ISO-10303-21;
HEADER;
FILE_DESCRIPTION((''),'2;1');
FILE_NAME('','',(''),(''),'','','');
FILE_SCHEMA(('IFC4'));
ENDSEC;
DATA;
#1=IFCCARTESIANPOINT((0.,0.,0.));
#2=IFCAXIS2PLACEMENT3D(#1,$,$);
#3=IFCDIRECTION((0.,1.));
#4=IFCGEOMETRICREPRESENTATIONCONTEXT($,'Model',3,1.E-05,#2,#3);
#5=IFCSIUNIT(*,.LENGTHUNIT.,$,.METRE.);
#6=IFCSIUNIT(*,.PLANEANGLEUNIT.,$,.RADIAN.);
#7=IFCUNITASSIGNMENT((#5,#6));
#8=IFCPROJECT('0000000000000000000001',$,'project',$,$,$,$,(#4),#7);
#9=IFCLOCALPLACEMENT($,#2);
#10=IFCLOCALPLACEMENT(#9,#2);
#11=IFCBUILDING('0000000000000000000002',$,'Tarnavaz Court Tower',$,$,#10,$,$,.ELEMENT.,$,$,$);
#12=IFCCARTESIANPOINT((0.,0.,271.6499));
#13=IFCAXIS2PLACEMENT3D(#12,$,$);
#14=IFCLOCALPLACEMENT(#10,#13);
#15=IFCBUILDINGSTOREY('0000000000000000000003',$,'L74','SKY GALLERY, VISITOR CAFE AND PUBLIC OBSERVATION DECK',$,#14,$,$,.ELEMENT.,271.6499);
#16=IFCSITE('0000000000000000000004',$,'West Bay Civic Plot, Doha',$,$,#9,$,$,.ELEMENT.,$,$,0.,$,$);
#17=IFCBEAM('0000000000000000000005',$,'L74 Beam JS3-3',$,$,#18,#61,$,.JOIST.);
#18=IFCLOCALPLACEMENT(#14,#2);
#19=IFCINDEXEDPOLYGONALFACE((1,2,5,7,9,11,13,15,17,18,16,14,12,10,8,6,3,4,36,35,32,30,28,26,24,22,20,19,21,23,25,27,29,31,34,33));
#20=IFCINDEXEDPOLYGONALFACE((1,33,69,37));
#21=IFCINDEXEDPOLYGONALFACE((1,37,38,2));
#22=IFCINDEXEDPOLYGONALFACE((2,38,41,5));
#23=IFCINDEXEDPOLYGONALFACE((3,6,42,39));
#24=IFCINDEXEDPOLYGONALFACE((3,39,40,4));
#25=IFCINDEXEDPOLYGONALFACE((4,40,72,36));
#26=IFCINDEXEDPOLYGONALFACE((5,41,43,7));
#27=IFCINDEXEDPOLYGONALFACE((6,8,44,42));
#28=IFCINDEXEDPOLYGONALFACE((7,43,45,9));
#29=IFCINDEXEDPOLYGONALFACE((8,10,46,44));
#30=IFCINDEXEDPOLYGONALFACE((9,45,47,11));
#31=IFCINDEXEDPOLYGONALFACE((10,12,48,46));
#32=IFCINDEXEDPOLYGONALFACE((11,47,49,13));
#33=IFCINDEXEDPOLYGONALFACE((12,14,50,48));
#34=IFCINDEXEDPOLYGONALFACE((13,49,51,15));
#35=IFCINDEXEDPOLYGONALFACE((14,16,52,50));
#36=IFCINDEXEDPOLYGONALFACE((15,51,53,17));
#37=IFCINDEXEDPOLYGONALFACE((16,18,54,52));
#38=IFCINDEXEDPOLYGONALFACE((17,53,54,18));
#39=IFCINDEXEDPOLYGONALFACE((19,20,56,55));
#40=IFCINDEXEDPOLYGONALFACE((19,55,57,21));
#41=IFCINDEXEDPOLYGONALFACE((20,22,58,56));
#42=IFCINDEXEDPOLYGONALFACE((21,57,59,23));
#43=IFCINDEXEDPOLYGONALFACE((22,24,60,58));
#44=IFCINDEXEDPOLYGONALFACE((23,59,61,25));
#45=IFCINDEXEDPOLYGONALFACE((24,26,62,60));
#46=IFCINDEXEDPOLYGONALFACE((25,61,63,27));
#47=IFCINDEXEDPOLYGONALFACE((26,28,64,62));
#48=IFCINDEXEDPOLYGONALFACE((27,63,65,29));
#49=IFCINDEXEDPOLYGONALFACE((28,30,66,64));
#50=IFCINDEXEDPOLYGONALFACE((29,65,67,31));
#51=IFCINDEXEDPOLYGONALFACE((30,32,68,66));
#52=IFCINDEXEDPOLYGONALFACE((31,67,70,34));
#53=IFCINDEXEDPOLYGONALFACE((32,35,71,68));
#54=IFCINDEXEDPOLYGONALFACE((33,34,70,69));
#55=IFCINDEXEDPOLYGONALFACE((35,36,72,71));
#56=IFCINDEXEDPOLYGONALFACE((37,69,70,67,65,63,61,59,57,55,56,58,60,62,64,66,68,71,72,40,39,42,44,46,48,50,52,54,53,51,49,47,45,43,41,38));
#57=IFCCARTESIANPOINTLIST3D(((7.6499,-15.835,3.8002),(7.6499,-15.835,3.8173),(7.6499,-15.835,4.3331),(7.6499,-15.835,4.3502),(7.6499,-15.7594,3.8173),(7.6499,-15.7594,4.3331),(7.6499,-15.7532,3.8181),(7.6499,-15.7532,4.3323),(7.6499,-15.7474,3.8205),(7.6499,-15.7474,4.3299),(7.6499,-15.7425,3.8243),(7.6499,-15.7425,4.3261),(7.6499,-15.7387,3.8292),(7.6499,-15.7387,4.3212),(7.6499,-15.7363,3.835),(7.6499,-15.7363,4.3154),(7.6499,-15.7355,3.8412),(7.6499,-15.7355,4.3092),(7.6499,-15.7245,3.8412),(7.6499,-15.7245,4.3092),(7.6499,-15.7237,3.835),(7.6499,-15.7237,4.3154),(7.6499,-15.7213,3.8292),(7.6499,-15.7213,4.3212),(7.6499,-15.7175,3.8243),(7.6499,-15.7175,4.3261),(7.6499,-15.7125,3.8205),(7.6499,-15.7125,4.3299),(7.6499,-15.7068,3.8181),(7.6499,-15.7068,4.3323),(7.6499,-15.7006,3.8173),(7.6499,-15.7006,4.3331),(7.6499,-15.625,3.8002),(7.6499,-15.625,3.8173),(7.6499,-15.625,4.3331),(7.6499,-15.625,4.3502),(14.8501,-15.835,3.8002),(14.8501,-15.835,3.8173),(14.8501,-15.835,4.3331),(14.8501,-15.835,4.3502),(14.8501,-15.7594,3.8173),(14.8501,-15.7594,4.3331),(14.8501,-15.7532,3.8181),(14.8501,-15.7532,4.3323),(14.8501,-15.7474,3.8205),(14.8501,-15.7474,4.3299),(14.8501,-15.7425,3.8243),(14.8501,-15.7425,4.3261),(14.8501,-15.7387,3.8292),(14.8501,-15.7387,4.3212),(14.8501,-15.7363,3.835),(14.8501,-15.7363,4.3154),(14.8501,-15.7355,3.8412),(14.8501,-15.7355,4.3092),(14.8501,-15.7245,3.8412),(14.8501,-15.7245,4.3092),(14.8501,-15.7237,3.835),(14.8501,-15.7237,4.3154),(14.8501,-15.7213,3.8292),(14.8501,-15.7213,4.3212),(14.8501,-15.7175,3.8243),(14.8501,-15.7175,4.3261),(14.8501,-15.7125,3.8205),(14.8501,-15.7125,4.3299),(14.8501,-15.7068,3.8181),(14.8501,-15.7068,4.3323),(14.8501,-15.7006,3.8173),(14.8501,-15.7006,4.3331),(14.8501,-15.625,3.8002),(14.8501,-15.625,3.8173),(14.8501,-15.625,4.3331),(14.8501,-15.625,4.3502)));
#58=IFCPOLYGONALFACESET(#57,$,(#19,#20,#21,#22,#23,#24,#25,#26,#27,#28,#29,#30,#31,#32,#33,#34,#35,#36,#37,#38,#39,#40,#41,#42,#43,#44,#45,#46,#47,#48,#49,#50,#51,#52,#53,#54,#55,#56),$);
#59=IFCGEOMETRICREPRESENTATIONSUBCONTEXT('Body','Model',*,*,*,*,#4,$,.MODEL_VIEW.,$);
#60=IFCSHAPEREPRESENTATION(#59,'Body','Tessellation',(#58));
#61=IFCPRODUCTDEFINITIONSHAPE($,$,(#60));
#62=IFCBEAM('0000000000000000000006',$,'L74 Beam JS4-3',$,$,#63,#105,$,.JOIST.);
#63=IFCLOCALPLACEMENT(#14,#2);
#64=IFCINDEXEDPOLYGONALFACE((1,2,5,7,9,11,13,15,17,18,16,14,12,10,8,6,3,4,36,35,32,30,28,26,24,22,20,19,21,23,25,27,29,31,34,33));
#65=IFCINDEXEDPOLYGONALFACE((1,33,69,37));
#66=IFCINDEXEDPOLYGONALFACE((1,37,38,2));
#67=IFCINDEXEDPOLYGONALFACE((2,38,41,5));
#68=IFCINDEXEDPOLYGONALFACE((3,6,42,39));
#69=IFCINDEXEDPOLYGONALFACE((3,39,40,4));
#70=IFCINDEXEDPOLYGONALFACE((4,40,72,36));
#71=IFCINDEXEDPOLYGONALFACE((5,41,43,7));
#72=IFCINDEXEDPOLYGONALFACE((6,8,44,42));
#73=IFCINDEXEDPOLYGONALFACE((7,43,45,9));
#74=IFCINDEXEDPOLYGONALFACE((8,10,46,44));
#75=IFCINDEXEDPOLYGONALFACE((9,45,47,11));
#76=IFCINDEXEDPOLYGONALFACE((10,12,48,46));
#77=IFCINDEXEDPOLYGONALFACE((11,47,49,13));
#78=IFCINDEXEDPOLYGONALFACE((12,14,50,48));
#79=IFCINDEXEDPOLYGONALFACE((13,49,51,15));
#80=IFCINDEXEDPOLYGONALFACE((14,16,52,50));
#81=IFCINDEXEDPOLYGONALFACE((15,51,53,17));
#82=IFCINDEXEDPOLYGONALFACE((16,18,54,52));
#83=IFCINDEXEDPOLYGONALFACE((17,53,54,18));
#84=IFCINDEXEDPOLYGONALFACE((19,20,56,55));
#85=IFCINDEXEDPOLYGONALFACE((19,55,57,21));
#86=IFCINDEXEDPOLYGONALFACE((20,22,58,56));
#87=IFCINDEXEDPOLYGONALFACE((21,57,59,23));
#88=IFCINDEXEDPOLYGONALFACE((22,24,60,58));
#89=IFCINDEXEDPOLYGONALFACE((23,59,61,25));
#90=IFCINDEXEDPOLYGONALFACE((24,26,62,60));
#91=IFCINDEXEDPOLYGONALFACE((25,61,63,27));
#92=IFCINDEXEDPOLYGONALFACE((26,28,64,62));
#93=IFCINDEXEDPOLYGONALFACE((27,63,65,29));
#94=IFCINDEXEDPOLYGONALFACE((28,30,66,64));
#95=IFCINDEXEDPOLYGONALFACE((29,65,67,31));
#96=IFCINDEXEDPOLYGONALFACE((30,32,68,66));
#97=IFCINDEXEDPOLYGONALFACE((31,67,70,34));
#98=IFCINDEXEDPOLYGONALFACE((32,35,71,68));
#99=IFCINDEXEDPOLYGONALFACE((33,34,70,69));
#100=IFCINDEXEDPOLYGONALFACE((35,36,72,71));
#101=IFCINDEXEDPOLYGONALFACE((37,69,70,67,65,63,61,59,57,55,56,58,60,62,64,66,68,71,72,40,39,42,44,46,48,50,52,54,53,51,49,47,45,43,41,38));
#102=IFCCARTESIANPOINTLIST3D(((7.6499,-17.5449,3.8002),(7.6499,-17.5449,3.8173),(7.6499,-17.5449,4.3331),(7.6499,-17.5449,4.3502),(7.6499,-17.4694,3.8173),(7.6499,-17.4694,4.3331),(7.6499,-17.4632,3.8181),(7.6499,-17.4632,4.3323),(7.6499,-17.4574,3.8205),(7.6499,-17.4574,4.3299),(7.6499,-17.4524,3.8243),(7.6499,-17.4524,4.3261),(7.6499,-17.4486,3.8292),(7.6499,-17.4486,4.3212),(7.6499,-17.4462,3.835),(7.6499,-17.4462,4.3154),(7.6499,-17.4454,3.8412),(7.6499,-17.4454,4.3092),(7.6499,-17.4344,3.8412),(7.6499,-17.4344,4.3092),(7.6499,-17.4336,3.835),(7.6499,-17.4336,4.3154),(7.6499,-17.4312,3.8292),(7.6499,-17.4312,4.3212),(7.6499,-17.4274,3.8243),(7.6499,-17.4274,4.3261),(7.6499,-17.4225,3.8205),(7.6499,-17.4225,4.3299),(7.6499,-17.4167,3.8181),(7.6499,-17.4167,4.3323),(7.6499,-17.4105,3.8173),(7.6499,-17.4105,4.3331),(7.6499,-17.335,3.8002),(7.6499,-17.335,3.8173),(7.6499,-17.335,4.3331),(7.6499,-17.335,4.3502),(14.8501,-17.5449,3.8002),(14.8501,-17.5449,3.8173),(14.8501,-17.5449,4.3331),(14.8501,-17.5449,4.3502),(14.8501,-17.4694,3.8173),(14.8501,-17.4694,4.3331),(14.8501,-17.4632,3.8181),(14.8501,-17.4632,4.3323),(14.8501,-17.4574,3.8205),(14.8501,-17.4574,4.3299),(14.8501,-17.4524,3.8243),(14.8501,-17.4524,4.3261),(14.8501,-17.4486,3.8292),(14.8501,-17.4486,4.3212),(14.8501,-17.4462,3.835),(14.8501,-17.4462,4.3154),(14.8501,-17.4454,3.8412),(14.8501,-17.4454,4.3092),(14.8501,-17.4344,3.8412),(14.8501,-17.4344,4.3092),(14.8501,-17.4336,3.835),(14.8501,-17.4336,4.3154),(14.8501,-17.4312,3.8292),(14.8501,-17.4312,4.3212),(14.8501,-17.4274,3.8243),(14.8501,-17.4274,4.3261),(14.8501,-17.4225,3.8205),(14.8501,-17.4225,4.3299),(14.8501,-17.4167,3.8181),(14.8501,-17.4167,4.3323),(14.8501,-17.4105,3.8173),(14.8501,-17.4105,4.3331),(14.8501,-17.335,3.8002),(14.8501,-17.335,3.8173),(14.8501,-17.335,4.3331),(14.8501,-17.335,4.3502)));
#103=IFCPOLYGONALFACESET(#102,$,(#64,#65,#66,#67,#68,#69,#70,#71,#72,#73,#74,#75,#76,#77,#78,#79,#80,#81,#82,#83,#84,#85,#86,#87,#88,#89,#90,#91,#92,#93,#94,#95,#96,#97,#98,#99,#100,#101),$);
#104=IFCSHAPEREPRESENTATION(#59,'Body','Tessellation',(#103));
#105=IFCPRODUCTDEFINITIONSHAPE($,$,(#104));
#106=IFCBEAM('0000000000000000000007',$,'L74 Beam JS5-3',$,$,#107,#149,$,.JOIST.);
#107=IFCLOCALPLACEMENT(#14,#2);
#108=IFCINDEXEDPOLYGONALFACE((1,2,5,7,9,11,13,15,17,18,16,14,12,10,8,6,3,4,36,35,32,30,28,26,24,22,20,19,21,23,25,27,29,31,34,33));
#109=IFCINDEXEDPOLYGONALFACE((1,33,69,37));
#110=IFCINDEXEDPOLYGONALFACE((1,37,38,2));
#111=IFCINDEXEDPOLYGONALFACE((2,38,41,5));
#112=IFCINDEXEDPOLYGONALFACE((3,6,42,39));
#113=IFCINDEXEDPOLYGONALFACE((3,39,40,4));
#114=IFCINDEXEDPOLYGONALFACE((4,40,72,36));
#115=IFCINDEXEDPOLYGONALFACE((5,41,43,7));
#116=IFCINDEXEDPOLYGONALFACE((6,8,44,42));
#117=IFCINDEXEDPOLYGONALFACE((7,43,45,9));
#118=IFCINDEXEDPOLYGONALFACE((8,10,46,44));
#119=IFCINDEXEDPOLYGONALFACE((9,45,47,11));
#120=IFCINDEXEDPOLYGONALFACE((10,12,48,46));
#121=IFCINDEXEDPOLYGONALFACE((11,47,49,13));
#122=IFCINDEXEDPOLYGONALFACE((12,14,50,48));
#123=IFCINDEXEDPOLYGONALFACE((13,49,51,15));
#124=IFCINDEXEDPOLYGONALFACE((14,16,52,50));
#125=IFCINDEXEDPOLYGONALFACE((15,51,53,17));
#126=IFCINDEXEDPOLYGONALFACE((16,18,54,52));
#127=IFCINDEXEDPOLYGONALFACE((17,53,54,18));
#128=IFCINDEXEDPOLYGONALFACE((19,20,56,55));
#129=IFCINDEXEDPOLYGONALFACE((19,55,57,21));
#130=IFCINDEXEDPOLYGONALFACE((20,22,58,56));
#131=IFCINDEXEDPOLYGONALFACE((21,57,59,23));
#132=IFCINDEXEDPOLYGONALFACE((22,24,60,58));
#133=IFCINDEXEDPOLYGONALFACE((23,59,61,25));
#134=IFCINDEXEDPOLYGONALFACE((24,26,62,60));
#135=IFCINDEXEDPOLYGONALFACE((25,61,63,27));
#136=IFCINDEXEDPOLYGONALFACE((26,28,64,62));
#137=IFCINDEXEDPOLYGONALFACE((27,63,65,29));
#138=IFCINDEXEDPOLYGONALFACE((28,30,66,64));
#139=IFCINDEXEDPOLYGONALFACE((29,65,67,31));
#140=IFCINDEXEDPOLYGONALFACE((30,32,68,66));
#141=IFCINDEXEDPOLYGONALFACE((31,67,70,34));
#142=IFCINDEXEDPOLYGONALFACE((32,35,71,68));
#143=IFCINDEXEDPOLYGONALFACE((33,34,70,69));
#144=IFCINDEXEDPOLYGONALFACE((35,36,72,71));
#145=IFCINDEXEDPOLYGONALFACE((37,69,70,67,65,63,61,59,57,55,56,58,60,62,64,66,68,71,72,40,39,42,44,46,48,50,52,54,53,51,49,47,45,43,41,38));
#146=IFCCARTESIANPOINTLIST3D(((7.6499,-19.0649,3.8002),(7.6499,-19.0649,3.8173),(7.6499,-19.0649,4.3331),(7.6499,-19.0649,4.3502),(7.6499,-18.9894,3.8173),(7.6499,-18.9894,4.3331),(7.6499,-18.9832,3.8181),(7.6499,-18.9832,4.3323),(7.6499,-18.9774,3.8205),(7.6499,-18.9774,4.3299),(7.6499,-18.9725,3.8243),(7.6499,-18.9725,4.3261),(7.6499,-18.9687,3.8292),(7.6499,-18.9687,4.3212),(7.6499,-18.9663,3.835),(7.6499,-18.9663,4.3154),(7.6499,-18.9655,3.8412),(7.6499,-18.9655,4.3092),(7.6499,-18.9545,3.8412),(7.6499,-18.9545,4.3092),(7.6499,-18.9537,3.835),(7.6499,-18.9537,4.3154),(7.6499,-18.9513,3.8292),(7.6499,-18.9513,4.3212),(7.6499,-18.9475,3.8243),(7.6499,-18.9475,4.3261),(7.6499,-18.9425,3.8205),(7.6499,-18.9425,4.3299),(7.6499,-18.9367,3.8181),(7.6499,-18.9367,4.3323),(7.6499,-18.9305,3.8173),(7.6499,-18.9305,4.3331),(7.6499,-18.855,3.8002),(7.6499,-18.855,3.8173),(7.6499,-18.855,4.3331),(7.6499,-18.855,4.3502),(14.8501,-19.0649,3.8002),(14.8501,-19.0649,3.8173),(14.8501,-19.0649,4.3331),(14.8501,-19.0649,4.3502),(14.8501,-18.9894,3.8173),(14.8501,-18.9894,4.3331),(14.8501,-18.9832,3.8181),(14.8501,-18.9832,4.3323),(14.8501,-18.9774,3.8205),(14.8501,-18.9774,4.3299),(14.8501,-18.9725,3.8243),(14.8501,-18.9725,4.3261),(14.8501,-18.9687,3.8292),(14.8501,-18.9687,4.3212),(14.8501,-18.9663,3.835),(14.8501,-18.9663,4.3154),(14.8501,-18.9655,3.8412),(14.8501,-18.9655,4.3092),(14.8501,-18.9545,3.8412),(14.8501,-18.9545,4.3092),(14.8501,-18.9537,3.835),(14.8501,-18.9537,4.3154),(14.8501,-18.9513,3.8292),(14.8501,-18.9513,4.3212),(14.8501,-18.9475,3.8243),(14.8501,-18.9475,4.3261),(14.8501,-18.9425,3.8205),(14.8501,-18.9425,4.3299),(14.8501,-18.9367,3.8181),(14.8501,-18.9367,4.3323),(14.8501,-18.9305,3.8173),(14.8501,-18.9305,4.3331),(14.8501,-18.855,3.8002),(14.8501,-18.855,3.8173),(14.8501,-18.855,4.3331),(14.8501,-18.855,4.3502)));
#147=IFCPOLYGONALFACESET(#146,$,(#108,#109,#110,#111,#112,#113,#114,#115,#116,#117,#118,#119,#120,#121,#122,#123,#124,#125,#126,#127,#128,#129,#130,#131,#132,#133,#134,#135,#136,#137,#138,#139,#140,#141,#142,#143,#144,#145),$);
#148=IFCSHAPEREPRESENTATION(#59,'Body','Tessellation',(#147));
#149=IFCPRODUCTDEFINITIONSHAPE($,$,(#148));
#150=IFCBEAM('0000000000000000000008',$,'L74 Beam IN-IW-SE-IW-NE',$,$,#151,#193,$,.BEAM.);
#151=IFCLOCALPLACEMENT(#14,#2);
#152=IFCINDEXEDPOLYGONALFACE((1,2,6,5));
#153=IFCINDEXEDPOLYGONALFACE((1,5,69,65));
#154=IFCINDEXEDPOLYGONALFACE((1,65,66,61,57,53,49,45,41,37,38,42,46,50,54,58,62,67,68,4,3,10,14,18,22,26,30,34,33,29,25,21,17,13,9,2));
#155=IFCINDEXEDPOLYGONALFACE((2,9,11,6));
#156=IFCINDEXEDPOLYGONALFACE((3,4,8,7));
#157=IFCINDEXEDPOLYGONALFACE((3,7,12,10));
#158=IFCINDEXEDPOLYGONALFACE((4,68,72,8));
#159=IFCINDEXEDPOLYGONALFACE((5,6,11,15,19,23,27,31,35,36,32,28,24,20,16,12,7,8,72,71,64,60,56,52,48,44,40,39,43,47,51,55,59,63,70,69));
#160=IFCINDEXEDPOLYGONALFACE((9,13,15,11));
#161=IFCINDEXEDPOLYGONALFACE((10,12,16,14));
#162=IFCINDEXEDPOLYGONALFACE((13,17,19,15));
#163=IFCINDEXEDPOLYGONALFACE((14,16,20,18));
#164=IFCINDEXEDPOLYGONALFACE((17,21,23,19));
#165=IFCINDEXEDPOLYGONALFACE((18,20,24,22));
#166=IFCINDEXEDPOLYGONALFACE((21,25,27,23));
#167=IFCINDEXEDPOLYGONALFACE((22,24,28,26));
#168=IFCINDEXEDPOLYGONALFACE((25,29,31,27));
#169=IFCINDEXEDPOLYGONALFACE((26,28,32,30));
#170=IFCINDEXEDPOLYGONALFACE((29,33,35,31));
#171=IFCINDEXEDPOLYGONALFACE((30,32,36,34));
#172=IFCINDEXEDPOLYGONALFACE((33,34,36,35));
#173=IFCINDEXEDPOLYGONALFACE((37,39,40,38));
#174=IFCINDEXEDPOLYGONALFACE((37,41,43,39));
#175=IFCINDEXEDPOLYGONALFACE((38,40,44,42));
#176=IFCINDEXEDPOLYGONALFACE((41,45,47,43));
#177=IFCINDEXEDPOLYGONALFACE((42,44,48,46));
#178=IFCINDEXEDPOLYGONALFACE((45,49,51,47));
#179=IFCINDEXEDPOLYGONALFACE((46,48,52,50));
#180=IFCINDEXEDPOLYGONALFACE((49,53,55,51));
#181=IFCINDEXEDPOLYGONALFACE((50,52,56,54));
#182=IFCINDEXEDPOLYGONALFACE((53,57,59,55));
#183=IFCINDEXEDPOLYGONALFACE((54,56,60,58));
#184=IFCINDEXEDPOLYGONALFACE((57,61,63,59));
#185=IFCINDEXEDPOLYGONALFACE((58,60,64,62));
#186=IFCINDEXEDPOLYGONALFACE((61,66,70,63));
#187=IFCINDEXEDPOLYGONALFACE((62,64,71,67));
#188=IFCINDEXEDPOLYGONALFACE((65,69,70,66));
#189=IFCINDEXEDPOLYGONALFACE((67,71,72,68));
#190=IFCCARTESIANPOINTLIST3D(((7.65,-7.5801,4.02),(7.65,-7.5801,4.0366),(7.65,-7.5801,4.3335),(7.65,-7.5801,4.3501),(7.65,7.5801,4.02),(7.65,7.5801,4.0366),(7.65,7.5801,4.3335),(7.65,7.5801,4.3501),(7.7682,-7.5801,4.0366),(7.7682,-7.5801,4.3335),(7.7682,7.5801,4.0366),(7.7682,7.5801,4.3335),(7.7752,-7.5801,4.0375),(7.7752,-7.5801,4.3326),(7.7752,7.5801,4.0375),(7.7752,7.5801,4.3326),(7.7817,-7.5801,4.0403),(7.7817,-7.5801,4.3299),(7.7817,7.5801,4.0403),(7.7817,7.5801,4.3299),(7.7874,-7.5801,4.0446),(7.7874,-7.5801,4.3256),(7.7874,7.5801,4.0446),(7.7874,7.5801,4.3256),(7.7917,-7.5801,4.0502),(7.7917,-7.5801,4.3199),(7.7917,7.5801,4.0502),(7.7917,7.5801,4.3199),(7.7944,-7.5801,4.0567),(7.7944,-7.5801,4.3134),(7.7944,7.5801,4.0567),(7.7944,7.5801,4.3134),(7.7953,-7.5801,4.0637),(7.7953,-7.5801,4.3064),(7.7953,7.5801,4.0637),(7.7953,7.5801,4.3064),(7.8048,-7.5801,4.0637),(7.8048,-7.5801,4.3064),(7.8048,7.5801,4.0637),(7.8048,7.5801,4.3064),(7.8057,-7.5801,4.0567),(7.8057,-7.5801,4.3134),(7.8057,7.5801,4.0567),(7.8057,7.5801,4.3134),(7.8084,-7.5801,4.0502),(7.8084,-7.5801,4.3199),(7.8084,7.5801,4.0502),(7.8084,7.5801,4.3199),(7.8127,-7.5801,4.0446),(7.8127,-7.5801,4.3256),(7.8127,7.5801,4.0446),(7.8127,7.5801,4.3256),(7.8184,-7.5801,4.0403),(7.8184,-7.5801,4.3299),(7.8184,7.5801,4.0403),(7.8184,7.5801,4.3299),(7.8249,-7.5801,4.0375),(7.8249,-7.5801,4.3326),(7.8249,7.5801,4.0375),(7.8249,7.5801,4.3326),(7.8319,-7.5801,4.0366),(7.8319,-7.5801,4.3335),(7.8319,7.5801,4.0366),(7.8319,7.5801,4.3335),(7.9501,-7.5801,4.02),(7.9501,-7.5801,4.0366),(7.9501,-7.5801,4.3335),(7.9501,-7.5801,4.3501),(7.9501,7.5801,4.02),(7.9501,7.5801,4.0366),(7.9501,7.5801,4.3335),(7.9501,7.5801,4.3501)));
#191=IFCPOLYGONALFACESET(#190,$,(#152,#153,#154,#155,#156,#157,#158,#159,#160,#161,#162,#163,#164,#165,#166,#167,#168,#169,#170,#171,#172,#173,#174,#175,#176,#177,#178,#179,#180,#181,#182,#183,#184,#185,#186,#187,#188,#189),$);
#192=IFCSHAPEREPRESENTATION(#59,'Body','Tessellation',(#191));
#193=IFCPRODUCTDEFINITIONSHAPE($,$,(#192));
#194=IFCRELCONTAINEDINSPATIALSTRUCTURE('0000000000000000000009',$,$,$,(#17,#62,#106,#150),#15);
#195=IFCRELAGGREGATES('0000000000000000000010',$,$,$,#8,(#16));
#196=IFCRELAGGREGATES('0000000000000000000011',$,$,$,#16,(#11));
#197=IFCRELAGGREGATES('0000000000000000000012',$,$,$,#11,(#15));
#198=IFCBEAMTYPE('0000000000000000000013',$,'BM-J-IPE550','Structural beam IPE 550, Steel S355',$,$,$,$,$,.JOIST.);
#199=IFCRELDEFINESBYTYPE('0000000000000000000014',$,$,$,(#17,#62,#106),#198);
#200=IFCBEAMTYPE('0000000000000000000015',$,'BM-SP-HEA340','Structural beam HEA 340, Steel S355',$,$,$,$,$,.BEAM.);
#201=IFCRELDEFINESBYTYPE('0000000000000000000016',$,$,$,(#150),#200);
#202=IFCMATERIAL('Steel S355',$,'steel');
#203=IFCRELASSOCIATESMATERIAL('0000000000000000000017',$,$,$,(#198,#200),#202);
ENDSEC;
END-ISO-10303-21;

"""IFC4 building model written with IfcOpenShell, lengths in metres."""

from ifc_helpers import new_model, si_unit, direction, frame, origin, origin_2d, place, context, subcontext, project, spatial, i_section, extrude, material, material_profile, profile_set, type_object, element, save


model = new_model("IFC4")

# Units and contexts
model_context = context("Model", 3, precision=1e-05, world=origin(), true_north=direction((0.0, 1.0)))
body_context = subcontext(model_context, "Body", "Model", "MODEL_VIEW")
ifc_project = project(units=[si_unit("LENGTHUNIT", "METRE"), si_unit("PLANEANGLEUNIT", "RADIAN")], contexts=[model_context])

# Site, building, storey
site_placement = place(None, origin())
site = spatial("IfcSite", under=ifc_project, at=site_placement, Name="West Bay Civic Plot, Doha", CompositionType="ELEMENT", RefElevation=0.0)
building_placement = place(site_placement, origin())
building = spatial("IfcBuilding", under=site, at=building_placement, Name="Tarnavaz Court Tower", CompositionType="ELEMENT")
storey_placement = place(building_placement, frame((0.0, 0.0, 271.6499)))
storey = spatial("IfcBuildingStorey", under=building, at=storey_placement, Name="L74", Description="SKY GALLERY, VISITOR CAFE AND PUBLIC OBSERVATION DECK", CompositionType="ELEMENT", Elevation=271.6499)

# Beams
ifc_material_1 = material(Name="Steel S355", Category="steel")
ifc_material_profile_1 = material_profile(ifc_material_1, i_section(OverallWidth=0.21, OverallDepth=0.55, WebThickness=0.011, FlangeThickness=0.0171, FilletRadius=0.0239, at=origin_2d()), Name="IPE 550")
ifc_profile_set_1 = profile_set([ifc_material_profile_1], Name="Steel S355")
beam_type_1 = type_object("IfcBeamType", Name="BM-J-IPE550", Description="Structural beam IPE 550, Steel S355", PredefinedType="JOIST", material=ifc_profile_set_1)
for number, where, z_axis, x_axis, name in (
    (1, (7.6499, -15.73, 4.0752), (1.0, 0.0, 0.0), (0.0, 1.0, 0.0), "L74 Beam JS3-3"),
    (2, (7.6499, -17.4399, 4.0752), (1.0, 0.0, 0.0), (0.0, 1.0, 0.0), "L74 Beam JS4-3"),
    (3, (7.6499, -18.96, 4.0752), (1.0, 0.0, 0.0), (0.0, 1.0, 0.0), "L74 Beam JS5-3"),
):
    element("IfcBeam", number, at=place(storey_placement, frame(where, z_axis=z_axis, x_axis=x_axis)), inside=storey, type_object=beam_type_1, Name=name, PredefinedType="JOIST", context=body_context, shape_type="SweptSolid", body=[
        extrude(i_section(OverallWidth=0.21, OverallDepth=0.55, WebThickness=0.011, FlangeThickness=0.0171, FilletRadius=0.0239, at=origin_2d()), origin(), (0.0, 0.0, 1.0), 7.2002),
    ])
ifc_material_profile_2 = material_profile(ifc_material_1, i_section(OverallWidth=0.3, OverallDepth=0.3301, WebThickness=0.0095, FlangeThickness=0.0166, FilletRadius=0.0271, at=origin_2d()), Name="HEA 340")
ifc_profile_set_2 = profile_set([ifc_material_profile_2], Name="Steel S355")
beam_type_2 = type_object("IfcBeamType", Name="BM-SP-HEA340", Description="Structural beam HEA 340, Steel S355", PredefinedType="BEAM", material=ifc_profile_set_2)
beam_1_placement = place(storey_placement, frame((7.8, -7.5801, 4.1851), z_axis=(0.0, 1.0, 0.0), x_axis=(-1.0, 0.0, 0.0)))
element("IfcBeam", 4, at=beam_1_placement, inside=storey, type_object=beam_type_2, Name="L74 Beam IN-IW-SE-IW-NE", PredefinedType="BEAM", context=body_context, shape_type="SweptSolid", body=[
    extrude(i_section(OverallWidth=0.3, OverallDepth=0.3301, WebThickness=0.0095, FlangeThickness=0.0166, FilletRadius=0.0271, at=origin_2d()), origin(), (0.0, 0.0, 1.0), 15.1602),
])

save(model, "model.ifc")
